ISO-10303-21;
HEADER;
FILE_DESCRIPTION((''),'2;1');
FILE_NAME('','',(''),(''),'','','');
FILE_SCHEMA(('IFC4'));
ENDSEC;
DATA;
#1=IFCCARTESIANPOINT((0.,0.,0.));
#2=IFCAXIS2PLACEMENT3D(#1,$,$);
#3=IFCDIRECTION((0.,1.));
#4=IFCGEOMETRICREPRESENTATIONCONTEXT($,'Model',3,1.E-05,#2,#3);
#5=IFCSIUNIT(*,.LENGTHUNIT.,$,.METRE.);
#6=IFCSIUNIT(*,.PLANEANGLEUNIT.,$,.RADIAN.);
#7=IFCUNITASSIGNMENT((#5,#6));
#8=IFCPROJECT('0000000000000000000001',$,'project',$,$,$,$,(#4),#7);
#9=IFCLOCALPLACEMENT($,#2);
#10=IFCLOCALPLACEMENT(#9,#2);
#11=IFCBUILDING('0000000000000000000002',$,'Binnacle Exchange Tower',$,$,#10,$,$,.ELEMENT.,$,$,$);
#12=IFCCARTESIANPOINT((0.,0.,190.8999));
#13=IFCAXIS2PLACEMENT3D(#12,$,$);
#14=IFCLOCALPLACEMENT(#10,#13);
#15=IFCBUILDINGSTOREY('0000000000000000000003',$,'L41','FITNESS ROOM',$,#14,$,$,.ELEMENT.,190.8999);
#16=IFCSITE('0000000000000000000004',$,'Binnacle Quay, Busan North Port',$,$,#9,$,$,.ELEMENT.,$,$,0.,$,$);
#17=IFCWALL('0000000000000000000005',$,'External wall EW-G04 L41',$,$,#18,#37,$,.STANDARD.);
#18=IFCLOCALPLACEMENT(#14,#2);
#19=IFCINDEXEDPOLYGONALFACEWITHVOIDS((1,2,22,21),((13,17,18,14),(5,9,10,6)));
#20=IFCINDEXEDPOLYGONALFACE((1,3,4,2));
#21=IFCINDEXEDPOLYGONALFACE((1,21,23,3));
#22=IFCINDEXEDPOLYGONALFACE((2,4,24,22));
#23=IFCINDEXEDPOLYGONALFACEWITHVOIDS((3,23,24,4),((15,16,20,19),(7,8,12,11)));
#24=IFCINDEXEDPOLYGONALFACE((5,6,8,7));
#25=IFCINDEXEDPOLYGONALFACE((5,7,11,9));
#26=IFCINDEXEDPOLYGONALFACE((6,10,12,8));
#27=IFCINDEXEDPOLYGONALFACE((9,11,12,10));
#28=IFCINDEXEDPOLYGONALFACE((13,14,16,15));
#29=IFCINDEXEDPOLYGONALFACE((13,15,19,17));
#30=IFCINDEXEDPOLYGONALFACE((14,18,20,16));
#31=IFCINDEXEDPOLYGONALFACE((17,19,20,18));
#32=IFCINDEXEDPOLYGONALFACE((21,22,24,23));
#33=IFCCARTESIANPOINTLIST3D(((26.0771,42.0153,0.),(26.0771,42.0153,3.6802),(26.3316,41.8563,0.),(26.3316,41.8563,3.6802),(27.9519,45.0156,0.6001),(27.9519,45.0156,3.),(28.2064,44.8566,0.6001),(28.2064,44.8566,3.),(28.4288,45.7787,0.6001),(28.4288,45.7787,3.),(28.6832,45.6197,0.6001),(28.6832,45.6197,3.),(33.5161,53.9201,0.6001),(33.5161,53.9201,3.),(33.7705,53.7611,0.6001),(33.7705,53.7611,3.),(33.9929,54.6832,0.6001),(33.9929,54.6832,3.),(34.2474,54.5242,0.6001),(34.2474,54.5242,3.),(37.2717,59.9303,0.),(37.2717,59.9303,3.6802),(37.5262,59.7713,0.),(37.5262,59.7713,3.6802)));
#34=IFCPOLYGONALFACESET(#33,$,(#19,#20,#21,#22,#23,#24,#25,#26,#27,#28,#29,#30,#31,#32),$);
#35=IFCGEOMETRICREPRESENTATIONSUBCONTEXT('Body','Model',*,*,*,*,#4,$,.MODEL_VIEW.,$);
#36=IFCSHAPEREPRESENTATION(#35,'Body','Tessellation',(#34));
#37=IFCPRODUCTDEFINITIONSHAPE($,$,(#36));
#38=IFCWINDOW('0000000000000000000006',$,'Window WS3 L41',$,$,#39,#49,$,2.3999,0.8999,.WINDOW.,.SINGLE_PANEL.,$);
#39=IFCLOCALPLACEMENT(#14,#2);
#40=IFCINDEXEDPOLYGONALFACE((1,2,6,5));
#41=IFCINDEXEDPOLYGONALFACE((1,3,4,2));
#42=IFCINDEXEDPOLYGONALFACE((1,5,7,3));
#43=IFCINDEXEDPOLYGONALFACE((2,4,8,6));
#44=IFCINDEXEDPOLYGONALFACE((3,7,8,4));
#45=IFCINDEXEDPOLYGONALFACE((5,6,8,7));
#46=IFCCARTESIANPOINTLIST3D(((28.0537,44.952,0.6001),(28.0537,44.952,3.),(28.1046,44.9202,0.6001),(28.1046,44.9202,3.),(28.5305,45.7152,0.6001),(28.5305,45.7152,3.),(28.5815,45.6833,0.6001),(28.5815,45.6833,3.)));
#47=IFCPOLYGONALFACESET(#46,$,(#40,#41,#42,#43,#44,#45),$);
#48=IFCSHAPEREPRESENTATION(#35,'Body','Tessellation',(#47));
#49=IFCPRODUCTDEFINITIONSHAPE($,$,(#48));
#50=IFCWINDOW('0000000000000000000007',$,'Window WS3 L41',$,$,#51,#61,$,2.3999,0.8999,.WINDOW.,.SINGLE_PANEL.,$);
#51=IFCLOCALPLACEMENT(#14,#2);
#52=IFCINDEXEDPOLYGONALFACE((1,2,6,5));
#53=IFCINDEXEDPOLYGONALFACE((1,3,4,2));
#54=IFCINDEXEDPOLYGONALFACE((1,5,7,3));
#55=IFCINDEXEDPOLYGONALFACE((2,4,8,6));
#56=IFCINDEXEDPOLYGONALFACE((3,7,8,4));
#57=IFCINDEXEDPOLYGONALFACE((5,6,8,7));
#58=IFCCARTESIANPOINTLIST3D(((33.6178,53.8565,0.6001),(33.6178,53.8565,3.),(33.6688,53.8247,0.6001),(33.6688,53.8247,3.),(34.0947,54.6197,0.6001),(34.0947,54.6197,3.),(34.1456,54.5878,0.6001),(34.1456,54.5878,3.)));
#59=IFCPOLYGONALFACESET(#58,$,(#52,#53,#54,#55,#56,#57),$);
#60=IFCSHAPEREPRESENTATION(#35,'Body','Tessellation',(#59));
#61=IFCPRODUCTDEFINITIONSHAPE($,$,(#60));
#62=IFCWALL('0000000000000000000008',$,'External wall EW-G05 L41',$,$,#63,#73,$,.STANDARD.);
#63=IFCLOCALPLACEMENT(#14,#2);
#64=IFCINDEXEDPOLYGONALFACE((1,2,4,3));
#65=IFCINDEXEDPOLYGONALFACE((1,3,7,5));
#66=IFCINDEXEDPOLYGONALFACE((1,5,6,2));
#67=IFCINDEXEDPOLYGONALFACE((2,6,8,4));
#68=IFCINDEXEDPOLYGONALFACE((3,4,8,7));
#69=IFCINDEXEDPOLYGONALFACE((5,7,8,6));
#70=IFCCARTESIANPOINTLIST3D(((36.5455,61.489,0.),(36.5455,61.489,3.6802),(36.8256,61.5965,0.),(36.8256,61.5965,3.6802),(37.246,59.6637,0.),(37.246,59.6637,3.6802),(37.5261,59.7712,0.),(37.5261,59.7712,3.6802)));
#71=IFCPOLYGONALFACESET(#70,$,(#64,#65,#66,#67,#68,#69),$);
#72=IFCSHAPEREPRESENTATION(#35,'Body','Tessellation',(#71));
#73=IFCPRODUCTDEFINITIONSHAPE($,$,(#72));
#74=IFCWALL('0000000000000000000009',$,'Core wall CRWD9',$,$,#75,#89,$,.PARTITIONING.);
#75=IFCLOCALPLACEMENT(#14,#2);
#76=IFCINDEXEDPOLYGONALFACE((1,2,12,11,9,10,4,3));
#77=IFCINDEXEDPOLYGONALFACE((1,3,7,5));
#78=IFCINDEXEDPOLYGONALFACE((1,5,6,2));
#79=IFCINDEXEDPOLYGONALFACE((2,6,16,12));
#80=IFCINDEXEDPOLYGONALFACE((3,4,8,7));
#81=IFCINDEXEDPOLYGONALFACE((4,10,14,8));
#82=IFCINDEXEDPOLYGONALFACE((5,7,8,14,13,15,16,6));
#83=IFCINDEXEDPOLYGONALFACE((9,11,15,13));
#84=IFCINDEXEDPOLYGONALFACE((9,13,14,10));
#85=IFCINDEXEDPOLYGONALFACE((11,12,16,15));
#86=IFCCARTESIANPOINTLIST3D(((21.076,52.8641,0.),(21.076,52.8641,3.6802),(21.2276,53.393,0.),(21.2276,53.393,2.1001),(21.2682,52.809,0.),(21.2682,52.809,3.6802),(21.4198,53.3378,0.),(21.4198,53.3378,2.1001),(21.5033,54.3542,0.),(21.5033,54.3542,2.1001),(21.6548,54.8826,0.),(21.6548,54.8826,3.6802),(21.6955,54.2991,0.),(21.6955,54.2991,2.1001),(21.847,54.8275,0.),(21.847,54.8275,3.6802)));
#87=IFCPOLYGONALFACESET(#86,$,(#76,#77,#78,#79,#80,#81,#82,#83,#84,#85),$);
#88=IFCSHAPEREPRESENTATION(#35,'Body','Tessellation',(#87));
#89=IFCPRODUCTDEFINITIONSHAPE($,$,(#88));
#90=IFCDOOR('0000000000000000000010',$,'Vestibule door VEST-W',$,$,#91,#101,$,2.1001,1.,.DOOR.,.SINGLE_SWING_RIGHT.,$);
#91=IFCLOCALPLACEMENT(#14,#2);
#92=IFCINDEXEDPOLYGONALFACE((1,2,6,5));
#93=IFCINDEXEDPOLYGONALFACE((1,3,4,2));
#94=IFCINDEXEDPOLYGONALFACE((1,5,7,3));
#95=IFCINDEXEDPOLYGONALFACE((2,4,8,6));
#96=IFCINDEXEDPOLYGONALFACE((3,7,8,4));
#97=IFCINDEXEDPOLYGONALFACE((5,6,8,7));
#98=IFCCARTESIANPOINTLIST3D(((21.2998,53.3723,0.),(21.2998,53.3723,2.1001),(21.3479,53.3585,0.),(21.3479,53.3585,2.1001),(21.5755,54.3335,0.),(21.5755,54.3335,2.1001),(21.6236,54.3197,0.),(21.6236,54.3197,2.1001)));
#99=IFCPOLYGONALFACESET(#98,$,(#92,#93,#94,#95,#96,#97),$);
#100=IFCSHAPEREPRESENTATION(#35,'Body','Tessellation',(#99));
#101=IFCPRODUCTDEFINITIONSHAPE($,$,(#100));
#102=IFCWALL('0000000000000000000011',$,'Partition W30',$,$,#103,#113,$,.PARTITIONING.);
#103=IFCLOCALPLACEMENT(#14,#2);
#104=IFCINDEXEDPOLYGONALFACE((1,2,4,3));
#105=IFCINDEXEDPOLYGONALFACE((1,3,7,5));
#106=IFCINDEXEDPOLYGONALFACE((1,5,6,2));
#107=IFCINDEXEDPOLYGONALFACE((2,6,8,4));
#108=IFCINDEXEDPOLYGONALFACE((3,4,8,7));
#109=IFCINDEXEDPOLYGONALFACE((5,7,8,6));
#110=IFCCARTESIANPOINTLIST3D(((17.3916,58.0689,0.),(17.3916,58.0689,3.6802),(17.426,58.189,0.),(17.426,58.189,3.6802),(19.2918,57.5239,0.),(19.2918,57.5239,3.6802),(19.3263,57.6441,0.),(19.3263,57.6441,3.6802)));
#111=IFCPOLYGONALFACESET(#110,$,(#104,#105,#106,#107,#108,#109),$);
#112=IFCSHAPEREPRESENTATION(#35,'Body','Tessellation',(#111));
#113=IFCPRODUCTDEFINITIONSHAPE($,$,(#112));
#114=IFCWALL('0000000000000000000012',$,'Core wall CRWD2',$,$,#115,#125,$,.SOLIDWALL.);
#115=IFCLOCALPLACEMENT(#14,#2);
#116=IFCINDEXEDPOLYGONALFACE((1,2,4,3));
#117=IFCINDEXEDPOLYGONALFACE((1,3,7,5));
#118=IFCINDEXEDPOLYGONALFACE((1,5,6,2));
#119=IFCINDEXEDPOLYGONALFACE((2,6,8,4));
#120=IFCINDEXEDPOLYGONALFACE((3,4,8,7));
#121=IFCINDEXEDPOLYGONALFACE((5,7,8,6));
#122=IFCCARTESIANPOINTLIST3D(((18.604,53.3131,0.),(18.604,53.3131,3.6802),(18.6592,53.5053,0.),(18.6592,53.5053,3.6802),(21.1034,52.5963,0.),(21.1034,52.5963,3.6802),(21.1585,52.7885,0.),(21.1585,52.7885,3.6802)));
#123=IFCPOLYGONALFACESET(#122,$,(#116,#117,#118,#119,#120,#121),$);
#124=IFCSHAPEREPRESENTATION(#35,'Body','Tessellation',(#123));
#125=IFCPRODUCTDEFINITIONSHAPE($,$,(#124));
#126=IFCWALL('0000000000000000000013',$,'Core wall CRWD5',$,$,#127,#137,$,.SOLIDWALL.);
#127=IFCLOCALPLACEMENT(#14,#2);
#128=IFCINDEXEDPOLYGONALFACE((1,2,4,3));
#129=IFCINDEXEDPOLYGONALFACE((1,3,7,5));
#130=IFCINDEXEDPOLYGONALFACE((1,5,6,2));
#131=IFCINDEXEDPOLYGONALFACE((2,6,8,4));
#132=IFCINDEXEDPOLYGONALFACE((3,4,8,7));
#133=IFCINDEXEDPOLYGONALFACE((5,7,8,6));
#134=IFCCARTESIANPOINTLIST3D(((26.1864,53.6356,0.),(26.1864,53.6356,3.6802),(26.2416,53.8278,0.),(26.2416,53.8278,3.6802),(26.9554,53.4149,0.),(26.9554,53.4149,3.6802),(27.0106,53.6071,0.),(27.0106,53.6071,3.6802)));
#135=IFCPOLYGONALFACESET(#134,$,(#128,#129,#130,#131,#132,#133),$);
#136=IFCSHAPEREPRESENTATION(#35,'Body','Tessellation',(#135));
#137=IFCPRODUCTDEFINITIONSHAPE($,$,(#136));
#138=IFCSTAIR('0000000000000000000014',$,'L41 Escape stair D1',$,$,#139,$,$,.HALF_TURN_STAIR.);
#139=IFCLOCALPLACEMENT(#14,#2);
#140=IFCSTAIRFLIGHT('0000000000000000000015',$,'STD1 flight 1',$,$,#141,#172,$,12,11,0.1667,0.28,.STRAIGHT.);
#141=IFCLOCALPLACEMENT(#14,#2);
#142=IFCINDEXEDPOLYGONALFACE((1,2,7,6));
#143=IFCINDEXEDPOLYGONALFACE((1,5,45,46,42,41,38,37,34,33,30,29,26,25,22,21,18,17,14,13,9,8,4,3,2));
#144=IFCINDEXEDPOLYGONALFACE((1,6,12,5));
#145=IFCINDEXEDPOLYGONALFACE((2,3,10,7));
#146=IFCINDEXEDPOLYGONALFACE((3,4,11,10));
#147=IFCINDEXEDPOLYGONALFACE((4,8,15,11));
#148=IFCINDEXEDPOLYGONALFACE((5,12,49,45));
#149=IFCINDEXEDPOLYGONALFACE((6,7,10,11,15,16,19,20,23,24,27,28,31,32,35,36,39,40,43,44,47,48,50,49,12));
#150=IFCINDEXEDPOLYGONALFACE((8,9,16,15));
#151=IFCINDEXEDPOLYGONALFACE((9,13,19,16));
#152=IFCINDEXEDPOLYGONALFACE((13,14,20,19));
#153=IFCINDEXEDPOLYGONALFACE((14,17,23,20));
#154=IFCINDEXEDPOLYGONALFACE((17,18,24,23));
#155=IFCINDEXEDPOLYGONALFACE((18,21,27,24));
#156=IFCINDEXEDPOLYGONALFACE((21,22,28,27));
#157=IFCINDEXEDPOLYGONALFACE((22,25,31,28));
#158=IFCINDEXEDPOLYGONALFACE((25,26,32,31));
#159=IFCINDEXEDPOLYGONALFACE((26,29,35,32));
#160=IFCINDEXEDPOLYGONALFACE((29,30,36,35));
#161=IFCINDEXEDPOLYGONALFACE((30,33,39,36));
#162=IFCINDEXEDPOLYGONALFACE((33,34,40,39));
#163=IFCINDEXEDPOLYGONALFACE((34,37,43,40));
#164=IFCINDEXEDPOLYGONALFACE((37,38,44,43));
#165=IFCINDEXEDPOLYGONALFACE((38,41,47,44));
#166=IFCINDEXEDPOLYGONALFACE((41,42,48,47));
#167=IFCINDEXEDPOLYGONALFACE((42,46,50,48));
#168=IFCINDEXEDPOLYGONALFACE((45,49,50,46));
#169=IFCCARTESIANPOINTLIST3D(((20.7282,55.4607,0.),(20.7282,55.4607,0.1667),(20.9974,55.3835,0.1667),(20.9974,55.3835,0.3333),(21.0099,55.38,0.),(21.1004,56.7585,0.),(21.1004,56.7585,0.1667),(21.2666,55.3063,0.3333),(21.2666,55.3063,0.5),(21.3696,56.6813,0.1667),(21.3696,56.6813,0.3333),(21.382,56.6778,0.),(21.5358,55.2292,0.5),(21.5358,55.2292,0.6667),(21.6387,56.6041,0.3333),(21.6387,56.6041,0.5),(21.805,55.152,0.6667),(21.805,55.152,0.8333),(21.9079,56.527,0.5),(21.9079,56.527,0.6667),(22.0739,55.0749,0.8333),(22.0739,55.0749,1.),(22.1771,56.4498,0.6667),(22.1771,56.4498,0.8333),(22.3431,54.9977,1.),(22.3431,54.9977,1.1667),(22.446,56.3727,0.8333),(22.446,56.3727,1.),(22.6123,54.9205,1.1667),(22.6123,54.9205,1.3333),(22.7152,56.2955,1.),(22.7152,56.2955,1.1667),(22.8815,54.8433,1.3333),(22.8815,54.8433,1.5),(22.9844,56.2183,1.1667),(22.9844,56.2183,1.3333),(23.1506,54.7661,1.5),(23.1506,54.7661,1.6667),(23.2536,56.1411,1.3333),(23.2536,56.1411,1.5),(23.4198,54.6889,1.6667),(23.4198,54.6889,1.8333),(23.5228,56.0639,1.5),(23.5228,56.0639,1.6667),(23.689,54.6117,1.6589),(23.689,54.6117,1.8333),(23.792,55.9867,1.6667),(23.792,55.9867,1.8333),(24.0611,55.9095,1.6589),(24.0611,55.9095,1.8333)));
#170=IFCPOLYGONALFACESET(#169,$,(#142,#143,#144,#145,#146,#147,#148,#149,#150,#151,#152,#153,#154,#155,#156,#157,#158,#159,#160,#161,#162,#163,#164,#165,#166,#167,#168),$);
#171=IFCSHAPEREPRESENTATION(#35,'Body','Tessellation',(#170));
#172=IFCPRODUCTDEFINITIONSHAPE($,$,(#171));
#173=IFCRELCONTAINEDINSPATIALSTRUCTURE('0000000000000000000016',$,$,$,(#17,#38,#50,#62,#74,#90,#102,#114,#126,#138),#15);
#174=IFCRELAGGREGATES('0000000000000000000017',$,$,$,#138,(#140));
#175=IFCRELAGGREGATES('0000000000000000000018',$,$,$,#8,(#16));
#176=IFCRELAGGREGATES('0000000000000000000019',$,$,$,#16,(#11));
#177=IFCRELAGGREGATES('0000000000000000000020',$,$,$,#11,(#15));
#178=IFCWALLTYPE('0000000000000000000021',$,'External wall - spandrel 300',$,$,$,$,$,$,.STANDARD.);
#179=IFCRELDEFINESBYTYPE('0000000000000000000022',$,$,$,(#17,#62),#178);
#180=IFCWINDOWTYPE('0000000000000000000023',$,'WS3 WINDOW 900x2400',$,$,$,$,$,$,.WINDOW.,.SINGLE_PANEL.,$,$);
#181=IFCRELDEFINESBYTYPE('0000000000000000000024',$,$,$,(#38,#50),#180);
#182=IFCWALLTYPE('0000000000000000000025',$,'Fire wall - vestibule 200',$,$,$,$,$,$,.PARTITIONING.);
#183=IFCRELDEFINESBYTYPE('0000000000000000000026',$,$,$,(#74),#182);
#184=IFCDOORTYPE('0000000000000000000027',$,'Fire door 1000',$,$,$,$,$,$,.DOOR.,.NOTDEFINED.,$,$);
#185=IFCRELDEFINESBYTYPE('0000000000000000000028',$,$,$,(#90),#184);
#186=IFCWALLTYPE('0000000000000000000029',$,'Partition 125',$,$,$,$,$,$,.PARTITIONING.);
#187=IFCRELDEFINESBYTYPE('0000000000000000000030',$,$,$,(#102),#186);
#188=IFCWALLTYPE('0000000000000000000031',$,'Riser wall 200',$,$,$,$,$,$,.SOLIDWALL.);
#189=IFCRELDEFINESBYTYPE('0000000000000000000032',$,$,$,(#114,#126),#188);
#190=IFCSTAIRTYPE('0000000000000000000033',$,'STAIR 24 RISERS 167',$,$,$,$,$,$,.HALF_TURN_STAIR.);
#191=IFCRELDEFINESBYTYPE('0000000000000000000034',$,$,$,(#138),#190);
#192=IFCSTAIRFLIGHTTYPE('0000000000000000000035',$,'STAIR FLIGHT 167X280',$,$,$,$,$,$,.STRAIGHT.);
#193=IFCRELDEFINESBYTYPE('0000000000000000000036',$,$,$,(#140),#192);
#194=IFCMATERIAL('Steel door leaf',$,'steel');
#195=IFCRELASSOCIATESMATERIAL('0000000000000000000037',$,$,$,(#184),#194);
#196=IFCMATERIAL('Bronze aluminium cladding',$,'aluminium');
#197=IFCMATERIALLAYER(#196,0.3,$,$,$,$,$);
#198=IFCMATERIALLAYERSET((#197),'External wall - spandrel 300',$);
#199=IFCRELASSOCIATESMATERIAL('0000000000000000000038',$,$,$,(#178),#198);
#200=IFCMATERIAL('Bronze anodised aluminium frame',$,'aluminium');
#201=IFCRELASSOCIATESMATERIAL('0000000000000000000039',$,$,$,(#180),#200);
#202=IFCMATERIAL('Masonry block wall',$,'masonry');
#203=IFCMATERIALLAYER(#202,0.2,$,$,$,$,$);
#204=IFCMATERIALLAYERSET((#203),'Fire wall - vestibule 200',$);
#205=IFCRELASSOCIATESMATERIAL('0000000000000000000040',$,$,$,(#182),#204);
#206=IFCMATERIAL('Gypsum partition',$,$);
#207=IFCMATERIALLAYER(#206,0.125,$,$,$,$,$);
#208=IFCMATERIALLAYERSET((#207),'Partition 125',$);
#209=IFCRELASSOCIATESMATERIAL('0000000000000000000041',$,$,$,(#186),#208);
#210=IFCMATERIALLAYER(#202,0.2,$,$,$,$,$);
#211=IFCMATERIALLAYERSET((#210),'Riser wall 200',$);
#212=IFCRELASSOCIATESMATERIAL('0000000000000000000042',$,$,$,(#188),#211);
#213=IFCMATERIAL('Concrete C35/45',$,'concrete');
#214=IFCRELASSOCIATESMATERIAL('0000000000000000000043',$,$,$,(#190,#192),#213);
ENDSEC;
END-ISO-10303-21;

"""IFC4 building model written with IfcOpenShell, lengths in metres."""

from ifc_helpers import new_model, si_unit, direction, frame, frame_2d, origin, place, context, subcontext, project, spatial, polyline, rectangle, outline, extrude, material, layer, layer_set, type_object, element, fill, aggregate, save


model = new_model("IFC4")

# Units and contexts
model_context = context("Model", 3, precision=1e-05, world=origin(), true_north=direction((0.0, 1.0)))
body_context = subcontext(model_context, "Body", "Model", "MODEL_VIEW")
ifc_project = project(units=[si_unit("LENGTHUNIT", "METRE"), si_unit("PLANEANGLEUNIT", "RADIAN")], contexts=[model_context])

# Site, building, storey
site_placement = place(None, origin())
site = spatial("IfcSite", under=ifc_project, at=site_placement, Name="Binnacle Quay, Busan North Port", CompositionType="ELEMENT", RefElevation=0.0)
building_placement = place(site_placement, origin())
building = spatial("IfcBuilding", under=site, at=building_placement, Name="Binnacle Exchange Tower", CompositionType="ELEMENT")
storey_placement = place(building_placement, frame((0.0, 0.0, 190.8999)))
storey = spatial("IfcBuildingStorey", under=building, at=storey_placement, Name="L41", Description="FITNESS ROOM", CompositionType="ELEMENT", Elevation=190.8999)

# Shared definitions
ifc_material_1 = material(Name="Steel door leaf", Category="steel")

# Shared definitions
door_type_1 = type_object("IfcDoorType", Name="Fire door 1000", OperationType="NOTDEFINED", PredefinedType="DOOR", material=ifc_material_1)

# Wall, openings, windows
ifc_material_2 = material(Name="Bronze aluminium cladding", Category="aluminium")
ifc_layer_1 = layer(ifc_material_2, 0.3)
ifc_layer_set_1 = layer_set([ifc_layer_1], Name="External wall - spandrel 300")
wall_type_1 = type_object("IfcWallType", Name="External wall - spandrel 300", PredefinedType="STANDARD", material=ifc_layer_set_1)
wall_1_placement = place(storey_placement, frame((37.3989, 59.8508, 0.0), z_axis=(0.0, 0.0, 1.0), x_axis=(-0.52992, -0.848048, 0.0)))
wall_1 = element("IfcWall", 1, at=wall_1_placement, inside=storey, type_object=wall_type_1, Name="External wall EW-G04 L41", PredefinedType="STANDARD", context=body_context, shape_type="SweptSolid", body=[
    extrude(rectangle(XDim=21.125, YDim=0.3, at=frame_2d((10.5625, 0.0))), origin(), (0.0, 0.0, 1.0), 3.6802),
])
opening_1_placement = place(wall_1_placement, frame((16.6873, 0.0, 0.6001)))
opening_1 = element("IfcOpeningElement", 2, at=opening_1_placement, cuts=wall_1, PredefinedType="OPENING", context=body_context, shape_type="SweptSolid", body=[
    extrude(rectangle(XDim=0.8999, YDim=2.3999, at=frame_2d((0.45, 1.2))), frame((0.0, 0.1599, 0.0), z_axis=(0.0, -1.0, 0.0), x_axis=(1.0, 0.0, 0.0)), (0.0, 0.0, 1.0), 0.3201),
])
opening_2_placement = place(wall_1_placement, frame((6.1873, 0.0, 0.6001)))
opening_2 = element("IfcOpeningElement", 3, at=opening_2_placement, cuts=wall_1, PredefinedType="OPENING", context=body_context, shape_type="SweptSolid", body=[
    extrude(rectangle(XDim=0.8999, YDim=2.3999, at=frame_2d((0.45, 1.2))), frame((0.0, 0.1599, 0.0), z_axis=(0.0, -1.0, 0.0), x_axis=(1.0, 0.0, 0.0)), (0.0, 0.0, 1.0), 0.3201),
])
ifc_material_3 = material(Name="Bronze anodised aluminium frame", Category="aluminium")
window_type = type_object("IfcWindowType", Name="WS3 WINDOW 900x2400", PartitioningType="SINGLE_PANEL", PredefinedType="WINDOW", material=ifc_material_3)
window_1_placement = place(opening_1_placement, origin())
window_1 = element("IfcWindow", 4, at=window_1_placement, inside=storey, type_object=window_type, Name="Window WS3 L41", OverallHeight=2.3999, OverallWidth=0.8999, PartitioningType="SINGLE_PANEL", PredefinedType="WINDOW", context=body_context, shape_type="SweptSolid", body=[
    extrude(rectangle(XDim=0.8999, YDim=2.3999, at=frame_2d((0.45, 1.2))), frame((0.0, 0.03, 0.0), z_axis=(0.0, -1.0, 0.0), x_axis=(1.0, 0.0, 0.0)), (0.0, 0.0, 1.0), 0.0601),
])
fill(opening_1, window_1)
window_2_placement = place(opening_2_placement, origin())
window_2 = element("IfcWindow", 5, at=window_2_placement, inside=storey, type_object=window_type, Name="Window WS3 L41", OverallHeight=2.3999, OverallWidth=0.8999, PartitioningType="SINGLE_PANEL", PredefinedType="WINDOW", context=body_context, shape_type="SweptSolid", body=[
    extrude(rectangle(XDim=0.8999, YDim=2.3999, at=frame_2d((0.45, 1.2))), frame((0.0, 0.03, 0.0), z_axis=(0.0, -1.0, 0.0), x_axis=(1.0, 0.0, 0.0)), (0.0, 0.0, 1.0), 0.0601),
])
fill(opening_2, window_2)

# Wall
wall_2_placement = place(storey_placement, frame((36.6855, 61.5427, 0.0), z_axis=(0.0, 0.0, 1.0), x_axis=(0.358284, -0.933612, 0.0)))
element("IfcWall", 6, at=wall_2_placement, inside=storey, type_object=wall_type_1, Name="External wall EW-G05 L41", PredefinedType="STANDARD", context=body_context, shape_type="SweptSolid", body=[
    extrude(rectangle(XDim=1.9551, YDim=0.3, at=frame_2d((0.9775, 0.0))), origin(), (0.0, 0.0, 1.0), 3.6802),
])

# Wall, opening, door
ifc_material_4 = material(Name="Masonry block wall", Category="masonry")
ifc_layer_2 = layer(ifc_material_4, 0.2)
ifc_layer_set_2 = layer_set([ifc_layer_2], Name="Fire wall - vestibule 200")
wall_type_2 = type_object("IfcWallType", Name="Fire wall - vestibule 200", PredefinedType="PARTITIONING", material=ifc_layer_set_2)
wall_3_placement = place(storey_placement, frame((21.1721, 52.8367, 0.0), z_axis=(0.0, 0.0, 1.0), x_axis=(0.275658, 0.961256, 0.0)))
wall_3 = element("IfcWall", 7, at=wall_3_placement, inside=storey, type_object=wall_type_2, Name="Core wall CRWD9", PredefinedType="PARTITIONING", context=body_context, shape_type="SweptSolid", body=[
    extrude(rectangle(XDim=2.0999, YDim=0.2, at=frame_2d((1.0498, 0.0))), origin(), (0.0, 0.0, 1.0), 3.6802),
])
opening_3_placement = place(wall_3_placement, frame((0.55, 0.0, 0.0)))
opening_3 = element("IfcOpeningElement", 8, at=opening_3_placement, cuts=wall_3, PredefinedType="OPENING", context=body_context, shape_type="SweptSolid", body=[
    extrude(rectangle(XDim=1.0, YDim=2.1001, at=frame_2d((0.5, 1.05))), frame((0.0, 0.1099, 0.0), z_axis=(0.0, -1.0, 0.0), x_axis=(1.0, 0.0, 0.0)), (0.0, 0.0, 1.0), 0.22),
])
door_1_placement = place(opening_3_placement, origin())
door_1 = element("IfcDoor", 9, at=door_1_placement, inside=storey, type_object=door_type_1, Name="Vestibule door VEST-W", OperationType="SINGLE_SWING_RIGHT", OverallHeight=2.1001, OverallWidth=1.0, PredefinedType="DOOR", context=body_context, shape_type="SweptSolid", body=[
    extrude(rectangle(XDim=1.0, YDim=2.1001, at=frame_2d((0.5, 1.05))), frame((0.0, 0.0249, 0.0), z_axis=(0.0, -1.0, 0.0), x_axis=(1.0, 0.0, 0.0)), (0.0, 0.0, 1.0), 0.05),
])
fill(opening_3, door_1)

# Walls
ifc_material_5 = material(Name="Gypsum partition")
ifc_layer_3 = layer(ifc_material_5, 0.125)
ifc_layer_set_3 = layer_set([ifc_layer_3], Name="Partition 125")
wall_type_3 = type_object("IfcWallType", Name="Partition 125", PredefinedType="PARTITIONING", material=ifc_layer_set_3)
wall_4_placement = place(storey_placement, frame((17.4089, 58.1289, 0.0), z_axis=(0.0, 0.0, 1.0), x_axis=(0.961253, -0.275667, 0.0)))
element("IfcWall", 10, at=wall_4_placement, inside=storey, type_object=wall_type_3, Name="Partition W30", PredefinedType="PARTITIONING", context=body_context, shape_type="SweptSolid", body=[
    extrude(rectangle(XDim=1.9768, YDim=0.125, at=frame_2d((0.9883, 0.0))), origin(), (0.0, 0.0, 1.0), 3.6802),
])
ifc_layer_4 = layer(ifc_material_4, 0.2)
ifc_layer_set_4 = layer_set([ifc_layer_4], Name="Riser wall 200")
wall_type_4 = type_object("IfcWallType", Name="Riser wall 200", PredefinedType="SOLIDWALL", material=ifc_layer_set_4)
wall_5_placement = place(storey_placement, frame((18.6316, 53.4092, 0.0), z_axis=(0.0, 0.0, 1.0), x_axis=(0.961247, -0.275688, 0.0)))
element("IfcWall", 11, at=wall_5_placement, inside=storey, type_object=wall_type_4, Name="Core wall CRWD2", PredefinedType="SOLIDWALL", context=body_context, shape_type="SweptSolid", body=[
    extrude(rectangle(XDim=2.6001, YDim=0.2, at=frame_2d((1.3, 0.0))), origin(), (0.0, 0.0, 1.0), 3.6802),
])
wall_6_placement = place(storey_placement, frame((26.2141, 53.7317, 0.0), z_axis=(0.0, 0.0, 1.0), x_axis=(0.961201, -0.275849, 0.0)))
element("IfcWall", 12, at=wall_6_placement, inside=storey, type_object=wall_type_4, Name="Core wall CRWD5", PredefinedType="SOLIDWALL", context=body_context, shape_type="SweptSolid", body=[
    extrude(rectangle(XDim=0.8, YDim=0.2, at=frame_2d((0.3999, 0.0))), origin(), (0.0, 0.0, 1.0), 3.6802),
])

# Stair, stair flight
ifc_material_6 = material(Name="Concrete C35/45", Category="concrete")
stair_type = type_object("IfcStairType", Name="STAIR 24 RISERS 167", PredefinedType="HALF_TURN_STAIR", material=ifc_material_6)
stair_placement = place(storey_placement, origin())
stair = element("IfcStair", 13, at=stair_placement, inside=storey, type_object=stair_type, Name="L41 Escape stair D1", PredefinedType="HALF_TURN_STAIR")
stair_flight_type = type_object("IfcStairFlightType", Name="STAIR FLIGHT 167X280", PredefinedType="STRAIGHT", material=ifc_material_6)
stair_flight_1_placement = place(storey_placement, frame((20.9143, 56.1096, 0.0), z_axis=(0.0, 0.0, 1.0), x_axis=(0.961262, -0.275637, 0.0)))
stair_flight_1 = element("IfcStairFlight", 14, at=stair_flight_1_placement, type_object=stair_flight_type, Name="STD1 flight 1", NumberOfRisers=12, NumberOfTreads=11, PredefinedType="STRAIGHT", RiserHeight=0.1667, TreadLength=0.28, context=body_context, shape_type="SweptSolid", body=[
    extrude(outline(polyline([(0.0, 0.0), (0.0, 0.1667), (0.28, 0.1667), (0.28, 0.3333), (0.5601, 0.3333), (0.5601, 0.5), (0.8401, 0.5), (0.8401, 0.6667), (1.1201, 0.6667), (1.1201, 0.8333), (1.3999, 0.8333), (1.3999, 1.0), (1.6799, 1.0), (1.6799, 1.1667), (1.96, 1.1667), (1.96, 1.3333), (2.24, 1.3333), (2.24, 1.5), (2.52, 1.5), (2.52, 1.6667), (2.8, 1.6667), (2.8, 1.8333), (3.0801, 1.8333), (3.0801, 2.0), (3.0801, 1.6589), (0.293, 0.0), (0.0, 0.0)])), frame((0.0, 0.675, 0.0), z_axis=(0.0, -1.0, 0.0), x_axis=(1.0, 0.0, 0.0)), (0.0, 0.0, 1.0), 1.3501),
])
aggregate(stair, [stair_flight_1])

save(model, "model.ifc")
